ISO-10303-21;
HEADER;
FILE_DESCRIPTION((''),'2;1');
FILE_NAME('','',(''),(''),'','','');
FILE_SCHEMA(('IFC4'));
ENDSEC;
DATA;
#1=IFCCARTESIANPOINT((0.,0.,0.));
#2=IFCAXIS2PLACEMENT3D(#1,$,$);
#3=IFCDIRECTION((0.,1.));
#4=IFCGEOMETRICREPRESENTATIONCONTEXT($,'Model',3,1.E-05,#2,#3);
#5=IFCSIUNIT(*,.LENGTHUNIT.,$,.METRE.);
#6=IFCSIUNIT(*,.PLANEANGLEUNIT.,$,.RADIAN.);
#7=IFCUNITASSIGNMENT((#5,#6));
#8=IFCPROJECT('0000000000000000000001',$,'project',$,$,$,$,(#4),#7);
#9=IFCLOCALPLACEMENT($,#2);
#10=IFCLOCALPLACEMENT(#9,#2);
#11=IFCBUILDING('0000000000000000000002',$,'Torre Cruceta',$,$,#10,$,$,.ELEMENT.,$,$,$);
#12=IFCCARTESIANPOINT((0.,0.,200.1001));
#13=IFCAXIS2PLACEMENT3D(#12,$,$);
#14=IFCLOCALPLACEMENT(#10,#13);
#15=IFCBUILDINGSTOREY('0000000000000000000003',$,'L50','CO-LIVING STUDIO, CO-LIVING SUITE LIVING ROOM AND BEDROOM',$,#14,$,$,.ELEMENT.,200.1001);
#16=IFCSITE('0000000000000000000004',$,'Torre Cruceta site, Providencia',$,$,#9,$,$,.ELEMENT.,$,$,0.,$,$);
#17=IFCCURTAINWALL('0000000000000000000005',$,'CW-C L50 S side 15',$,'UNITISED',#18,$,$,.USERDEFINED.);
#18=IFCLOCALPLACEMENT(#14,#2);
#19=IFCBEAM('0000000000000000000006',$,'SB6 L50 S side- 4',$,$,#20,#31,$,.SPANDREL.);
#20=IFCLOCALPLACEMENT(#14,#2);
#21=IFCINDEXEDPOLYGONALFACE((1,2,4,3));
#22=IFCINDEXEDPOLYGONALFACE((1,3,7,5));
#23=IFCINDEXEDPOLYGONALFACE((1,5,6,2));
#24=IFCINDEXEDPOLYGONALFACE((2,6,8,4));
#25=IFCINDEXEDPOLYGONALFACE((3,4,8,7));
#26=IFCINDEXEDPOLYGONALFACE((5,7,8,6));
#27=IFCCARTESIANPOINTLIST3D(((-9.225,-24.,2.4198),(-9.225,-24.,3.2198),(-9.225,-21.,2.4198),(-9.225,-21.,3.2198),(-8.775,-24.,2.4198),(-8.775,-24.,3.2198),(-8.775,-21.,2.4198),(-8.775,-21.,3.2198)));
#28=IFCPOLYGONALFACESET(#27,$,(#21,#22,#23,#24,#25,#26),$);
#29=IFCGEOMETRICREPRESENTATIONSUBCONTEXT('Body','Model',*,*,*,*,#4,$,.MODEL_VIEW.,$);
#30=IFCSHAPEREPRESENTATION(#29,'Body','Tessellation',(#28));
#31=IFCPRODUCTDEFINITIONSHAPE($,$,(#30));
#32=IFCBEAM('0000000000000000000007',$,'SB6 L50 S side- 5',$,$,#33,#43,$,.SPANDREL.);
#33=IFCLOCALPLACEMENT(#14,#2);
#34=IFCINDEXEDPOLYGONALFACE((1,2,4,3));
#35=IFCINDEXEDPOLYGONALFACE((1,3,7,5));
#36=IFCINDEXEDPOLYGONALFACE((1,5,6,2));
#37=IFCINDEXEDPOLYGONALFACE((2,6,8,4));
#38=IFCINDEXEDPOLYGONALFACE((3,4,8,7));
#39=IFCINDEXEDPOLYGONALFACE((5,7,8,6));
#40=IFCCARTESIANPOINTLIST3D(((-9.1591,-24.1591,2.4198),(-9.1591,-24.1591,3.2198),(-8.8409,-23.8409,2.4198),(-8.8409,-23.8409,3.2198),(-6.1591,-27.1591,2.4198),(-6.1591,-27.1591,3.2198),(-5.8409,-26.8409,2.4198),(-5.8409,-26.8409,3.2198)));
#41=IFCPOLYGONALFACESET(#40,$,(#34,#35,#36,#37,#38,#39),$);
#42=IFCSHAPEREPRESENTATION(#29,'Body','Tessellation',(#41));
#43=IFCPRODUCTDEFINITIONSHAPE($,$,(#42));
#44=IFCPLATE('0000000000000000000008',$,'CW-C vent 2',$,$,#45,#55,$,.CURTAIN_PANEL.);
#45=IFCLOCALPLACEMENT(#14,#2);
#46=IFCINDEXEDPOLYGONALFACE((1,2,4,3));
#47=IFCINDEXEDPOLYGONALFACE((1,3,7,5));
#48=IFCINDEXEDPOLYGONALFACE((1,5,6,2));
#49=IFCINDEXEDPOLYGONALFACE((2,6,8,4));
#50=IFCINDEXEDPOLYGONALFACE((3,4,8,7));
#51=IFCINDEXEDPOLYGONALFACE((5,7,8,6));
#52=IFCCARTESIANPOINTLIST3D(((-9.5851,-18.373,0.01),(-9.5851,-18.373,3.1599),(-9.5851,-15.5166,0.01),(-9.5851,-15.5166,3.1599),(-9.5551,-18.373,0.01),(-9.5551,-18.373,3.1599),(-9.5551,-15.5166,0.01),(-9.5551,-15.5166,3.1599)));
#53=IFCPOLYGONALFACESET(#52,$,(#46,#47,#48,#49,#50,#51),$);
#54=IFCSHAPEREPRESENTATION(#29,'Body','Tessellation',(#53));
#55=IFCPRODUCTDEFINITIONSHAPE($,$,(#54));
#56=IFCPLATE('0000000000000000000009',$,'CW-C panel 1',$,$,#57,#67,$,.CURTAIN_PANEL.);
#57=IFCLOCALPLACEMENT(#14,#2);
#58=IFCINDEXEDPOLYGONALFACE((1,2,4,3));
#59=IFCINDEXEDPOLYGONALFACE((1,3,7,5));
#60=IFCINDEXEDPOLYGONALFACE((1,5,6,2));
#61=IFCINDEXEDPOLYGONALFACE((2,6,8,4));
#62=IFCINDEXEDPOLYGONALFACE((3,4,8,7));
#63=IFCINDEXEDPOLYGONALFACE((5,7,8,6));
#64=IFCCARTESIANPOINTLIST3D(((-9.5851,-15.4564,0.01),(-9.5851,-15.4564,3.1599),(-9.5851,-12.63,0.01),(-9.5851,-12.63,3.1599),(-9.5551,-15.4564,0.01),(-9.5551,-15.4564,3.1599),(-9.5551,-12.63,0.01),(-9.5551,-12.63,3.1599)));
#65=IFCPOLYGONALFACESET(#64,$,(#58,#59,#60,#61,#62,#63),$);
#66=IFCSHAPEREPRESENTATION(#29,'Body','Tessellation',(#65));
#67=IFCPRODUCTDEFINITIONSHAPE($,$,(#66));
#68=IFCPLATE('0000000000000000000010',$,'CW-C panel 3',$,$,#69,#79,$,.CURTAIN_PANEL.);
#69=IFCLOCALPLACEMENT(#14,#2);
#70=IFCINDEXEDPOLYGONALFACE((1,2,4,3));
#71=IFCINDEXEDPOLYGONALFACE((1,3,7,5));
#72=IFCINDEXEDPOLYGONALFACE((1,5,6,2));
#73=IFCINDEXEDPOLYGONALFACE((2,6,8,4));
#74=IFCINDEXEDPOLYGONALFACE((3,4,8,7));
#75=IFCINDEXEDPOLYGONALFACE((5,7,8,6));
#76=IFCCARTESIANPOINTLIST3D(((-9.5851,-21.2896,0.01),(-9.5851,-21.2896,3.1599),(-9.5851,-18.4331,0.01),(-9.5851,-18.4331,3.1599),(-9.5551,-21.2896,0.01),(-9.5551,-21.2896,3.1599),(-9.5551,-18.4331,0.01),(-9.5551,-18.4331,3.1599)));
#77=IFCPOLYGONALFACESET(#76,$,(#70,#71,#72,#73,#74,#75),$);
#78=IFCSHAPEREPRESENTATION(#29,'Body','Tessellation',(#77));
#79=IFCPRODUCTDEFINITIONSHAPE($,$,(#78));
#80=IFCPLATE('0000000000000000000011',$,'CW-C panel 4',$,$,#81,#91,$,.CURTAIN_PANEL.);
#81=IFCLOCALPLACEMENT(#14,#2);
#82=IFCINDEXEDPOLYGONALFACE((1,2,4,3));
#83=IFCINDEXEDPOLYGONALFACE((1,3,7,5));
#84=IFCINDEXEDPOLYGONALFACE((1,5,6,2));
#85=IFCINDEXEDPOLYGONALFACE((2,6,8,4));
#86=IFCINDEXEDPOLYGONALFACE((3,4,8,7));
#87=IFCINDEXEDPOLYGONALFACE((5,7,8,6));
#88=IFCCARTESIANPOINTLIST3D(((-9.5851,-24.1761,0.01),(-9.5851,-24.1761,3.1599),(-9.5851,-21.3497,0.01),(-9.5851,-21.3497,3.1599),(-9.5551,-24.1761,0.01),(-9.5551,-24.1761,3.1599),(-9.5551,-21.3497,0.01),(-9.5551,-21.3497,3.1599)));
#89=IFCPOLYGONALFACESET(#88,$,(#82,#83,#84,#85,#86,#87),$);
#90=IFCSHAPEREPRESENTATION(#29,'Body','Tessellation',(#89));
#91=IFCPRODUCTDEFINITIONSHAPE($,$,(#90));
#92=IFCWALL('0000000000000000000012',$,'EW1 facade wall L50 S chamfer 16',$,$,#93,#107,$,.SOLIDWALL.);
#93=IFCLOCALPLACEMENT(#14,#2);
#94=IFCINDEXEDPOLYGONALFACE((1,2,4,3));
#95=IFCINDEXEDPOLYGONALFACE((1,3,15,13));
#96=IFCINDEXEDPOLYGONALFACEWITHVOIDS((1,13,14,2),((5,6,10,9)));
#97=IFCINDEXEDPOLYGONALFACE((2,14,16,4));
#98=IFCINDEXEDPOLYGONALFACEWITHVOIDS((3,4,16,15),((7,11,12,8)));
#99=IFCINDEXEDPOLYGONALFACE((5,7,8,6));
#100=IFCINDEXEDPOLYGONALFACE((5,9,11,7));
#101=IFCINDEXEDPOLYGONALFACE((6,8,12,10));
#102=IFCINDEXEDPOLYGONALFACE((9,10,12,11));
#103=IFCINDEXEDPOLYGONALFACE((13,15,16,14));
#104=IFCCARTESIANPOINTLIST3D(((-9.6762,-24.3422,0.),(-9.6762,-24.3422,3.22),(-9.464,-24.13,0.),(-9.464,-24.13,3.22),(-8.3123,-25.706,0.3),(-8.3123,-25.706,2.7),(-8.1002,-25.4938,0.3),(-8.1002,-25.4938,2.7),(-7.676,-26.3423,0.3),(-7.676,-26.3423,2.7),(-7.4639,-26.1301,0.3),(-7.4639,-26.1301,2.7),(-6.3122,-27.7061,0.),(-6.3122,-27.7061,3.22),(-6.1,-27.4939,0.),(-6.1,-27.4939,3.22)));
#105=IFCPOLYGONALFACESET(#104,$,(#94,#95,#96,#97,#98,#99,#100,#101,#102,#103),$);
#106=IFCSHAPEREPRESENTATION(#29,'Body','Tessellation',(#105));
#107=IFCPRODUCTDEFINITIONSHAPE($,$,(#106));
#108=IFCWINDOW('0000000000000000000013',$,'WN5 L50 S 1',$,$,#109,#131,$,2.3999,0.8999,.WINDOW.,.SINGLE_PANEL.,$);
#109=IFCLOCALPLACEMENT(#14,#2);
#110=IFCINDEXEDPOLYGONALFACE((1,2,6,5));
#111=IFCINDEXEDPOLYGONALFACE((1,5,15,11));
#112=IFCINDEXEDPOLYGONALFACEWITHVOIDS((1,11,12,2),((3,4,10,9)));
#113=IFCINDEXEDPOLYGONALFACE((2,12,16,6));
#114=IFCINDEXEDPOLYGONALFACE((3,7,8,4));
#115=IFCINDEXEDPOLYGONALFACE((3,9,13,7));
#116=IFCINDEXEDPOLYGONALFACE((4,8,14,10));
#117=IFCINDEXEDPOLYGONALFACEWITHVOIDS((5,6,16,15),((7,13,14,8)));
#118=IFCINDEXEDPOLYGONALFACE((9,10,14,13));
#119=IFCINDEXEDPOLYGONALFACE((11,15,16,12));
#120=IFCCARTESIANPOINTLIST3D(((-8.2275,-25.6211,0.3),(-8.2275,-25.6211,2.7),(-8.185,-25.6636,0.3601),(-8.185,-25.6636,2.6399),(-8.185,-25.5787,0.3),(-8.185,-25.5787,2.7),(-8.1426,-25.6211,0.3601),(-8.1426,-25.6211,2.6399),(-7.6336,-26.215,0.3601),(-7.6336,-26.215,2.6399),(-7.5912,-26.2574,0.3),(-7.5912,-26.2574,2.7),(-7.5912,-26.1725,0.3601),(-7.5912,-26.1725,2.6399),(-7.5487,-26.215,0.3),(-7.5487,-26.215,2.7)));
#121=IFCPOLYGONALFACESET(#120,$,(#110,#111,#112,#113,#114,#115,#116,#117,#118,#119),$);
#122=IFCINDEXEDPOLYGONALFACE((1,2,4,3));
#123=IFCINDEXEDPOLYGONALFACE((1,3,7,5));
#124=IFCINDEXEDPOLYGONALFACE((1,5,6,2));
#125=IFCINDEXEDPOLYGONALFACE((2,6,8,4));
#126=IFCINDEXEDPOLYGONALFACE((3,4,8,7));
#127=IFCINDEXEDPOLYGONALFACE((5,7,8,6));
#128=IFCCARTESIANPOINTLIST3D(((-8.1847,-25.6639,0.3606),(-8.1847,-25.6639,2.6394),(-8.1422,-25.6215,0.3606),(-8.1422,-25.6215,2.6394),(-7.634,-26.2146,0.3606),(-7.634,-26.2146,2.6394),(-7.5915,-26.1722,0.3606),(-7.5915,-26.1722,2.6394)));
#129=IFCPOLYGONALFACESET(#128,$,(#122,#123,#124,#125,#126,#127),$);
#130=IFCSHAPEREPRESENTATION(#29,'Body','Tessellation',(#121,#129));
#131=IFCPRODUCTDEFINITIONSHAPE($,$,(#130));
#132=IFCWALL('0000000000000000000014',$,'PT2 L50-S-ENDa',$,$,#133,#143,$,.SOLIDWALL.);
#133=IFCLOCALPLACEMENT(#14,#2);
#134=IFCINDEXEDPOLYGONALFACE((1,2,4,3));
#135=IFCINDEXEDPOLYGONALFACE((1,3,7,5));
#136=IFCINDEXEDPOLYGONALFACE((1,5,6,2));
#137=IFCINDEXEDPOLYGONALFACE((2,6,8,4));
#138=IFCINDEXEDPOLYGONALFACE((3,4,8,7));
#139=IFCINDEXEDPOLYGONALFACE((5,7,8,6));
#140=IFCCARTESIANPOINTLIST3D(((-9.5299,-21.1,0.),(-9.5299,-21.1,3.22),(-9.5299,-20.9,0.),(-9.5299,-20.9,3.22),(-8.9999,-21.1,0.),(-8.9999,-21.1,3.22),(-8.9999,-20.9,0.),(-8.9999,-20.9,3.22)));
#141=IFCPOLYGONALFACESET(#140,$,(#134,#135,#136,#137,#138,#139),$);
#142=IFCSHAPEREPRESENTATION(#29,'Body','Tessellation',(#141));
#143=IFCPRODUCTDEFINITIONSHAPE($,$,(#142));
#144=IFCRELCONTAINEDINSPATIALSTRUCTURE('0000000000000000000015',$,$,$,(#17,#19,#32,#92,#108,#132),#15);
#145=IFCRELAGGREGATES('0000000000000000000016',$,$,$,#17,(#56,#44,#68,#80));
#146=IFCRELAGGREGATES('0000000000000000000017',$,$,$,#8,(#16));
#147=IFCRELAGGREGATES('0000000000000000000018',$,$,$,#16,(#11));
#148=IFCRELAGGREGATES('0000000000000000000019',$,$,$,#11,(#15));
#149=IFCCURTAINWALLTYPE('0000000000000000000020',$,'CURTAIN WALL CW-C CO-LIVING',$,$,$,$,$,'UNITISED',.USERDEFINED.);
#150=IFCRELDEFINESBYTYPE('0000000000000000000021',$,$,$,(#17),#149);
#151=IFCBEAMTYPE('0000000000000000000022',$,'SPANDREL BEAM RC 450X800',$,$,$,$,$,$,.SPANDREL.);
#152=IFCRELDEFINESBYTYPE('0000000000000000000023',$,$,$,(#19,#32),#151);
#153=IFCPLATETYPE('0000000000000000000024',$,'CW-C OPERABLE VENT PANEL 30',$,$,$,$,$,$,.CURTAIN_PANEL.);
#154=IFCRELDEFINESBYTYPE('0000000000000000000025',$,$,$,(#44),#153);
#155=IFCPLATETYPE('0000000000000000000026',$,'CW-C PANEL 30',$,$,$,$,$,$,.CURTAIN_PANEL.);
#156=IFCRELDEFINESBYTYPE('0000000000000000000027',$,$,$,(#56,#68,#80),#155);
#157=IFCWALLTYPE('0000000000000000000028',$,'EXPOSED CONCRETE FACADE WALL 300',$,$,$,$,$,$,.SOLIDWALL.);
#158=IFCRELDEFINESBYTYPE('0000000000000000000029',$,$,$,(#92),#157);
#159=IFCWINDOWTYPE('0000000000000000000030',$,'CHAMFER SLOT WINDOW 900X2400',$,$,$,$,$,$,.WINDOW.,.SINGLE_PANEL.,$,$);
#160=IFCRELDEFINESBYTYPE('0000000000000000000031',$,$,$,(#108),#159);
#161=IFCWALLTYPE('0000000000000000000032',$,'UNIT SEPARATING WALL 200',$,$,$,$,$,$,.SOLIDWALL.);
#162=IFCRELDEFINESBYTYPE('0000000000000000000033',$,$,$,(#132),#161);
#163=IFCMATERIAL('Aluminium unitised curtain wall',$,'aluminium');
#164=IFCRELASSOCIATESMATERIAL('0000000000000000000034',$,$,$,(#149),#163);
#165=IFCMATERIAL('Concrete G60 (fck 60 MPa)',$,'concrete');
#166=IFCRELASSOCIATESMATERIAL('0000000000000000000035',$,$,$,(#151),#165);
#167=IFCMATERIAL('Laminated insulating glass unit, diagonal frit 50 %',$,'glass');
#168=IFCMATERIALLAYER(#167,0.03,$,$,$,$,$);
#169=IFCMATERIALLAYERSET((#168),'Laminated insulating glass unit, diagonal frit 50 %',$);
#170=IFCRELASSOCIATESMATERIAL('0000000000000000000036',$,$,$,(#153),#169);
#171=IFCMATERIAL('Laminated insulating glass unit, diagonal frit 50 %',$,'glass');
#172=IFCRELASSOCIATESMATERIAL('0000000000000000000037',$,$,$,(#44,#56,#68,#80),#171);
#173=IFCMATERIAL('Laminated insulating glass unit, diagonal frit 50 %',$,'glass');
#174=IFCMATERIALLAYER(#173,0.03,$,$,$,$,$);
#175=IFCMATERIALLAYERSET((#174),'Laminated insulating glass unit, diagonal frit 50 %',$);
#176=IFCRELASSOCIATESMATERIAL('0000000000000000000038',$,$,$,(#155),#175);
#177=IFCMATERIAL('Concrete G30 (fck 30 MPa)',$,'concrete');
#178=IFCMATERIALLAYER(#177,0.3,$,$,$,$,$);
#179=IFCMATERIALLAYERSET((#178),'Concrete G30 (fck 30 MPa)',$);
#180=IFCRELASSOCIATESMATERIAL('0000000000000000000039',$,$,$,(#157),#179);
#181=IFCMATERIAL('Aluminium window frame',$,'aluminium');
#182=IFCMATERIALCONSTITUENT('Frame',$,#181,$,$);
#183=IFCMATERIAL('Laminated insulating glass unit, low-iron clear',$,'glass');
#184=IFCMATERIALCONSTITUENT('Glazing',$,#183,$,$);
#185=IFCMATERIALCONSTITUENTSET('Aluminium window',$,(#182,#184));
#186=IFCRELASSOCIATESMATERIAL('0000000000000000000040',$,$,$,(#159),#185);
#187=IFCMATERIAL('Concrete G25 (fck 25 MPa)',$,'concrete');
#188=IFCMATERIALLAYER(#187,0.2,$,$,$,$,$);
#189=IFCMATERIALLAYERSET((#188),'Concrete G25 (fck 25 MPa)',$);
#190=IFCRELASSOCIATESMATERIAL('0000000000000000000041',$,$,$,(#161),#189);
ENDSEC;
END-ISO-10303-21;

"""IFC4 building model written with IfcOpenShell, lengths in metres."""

from ifc_helpers import new_model, si_unit, direction, frame, frame_2d, origin, origin_2d, place, context, subcontext, project, spatial, rectangle, hollow_rectangle, extrude, material, layer, layer_set, constituent, constituent_set, material_profile, profile_set, type_object, element, fill, aggregate, save


model = new_model("IFC4")

# Units and contexts
model_context = context("Model", 3, precision=1e-05, world=origin(), true_north=direction((0.0, 1.0)))
body_context = subcontext(model_context, "Body", "Model", "MODEL_VIEW")
ifc_project = project(units=[si_unit("LENGTHUNIT", "METRE"), si_unit("PLANEANGLEUNIT", "RADIAN")], contexts=[model_context])

# Site, building, storey
site_placement = place(None, origin())
site = spatial("IfcSite", under=ifc_project, at=site_placement, Name="Torre Cruceta site, Providencia", CompositionType="ELEMENT", RefElevation=0.0)
building_placement = place(site_placement, origin())
building = spatial("IfcBuilding", under=site, at=building_placement, Name="Torre Cruceta", CompositionType="ELEMENT")
storey_placement = place(building_placement, frame((0.0, 0.0, 200.1001)))
storey = spatial("IfcBuildingStorey", under=building, at=storey_placement, Name="L50", Description="CO-LIVING STUDIO, CO-LIVING SUITE LIVING ROOM AND BEDROOM", CompositionType="ELEMENT", Elevation=200.1001)

# Shared definitions
ifc_material_1 = material(Name="Aluminium unitised curtain wall", Category="aluminium")
curtain_wall_type = type_object("IfcCurtainWallType", Name="CURTAIN WALL CW-C CO-LIVING", ElementType="UNITISED", PredefinedType="USERDEFINED", material=ifc_material_1)

# Curtain wall
curtain_wall_1_placement = place(storey_placement, origin())
curtain_wall_1 = element("IfcCurtainWall", 1, at=curtain_wall_1_placement, inside=storey, type_object=curtain_wall_type, Name="CW-C L50 S side 15", ObjectType="UNITISED", PredefinedType="USERDEFINED")

# Beams
ifc_material_2 = material(Name="Concrete G60 (fck 60 MPa)", Category="concrete")
ifc_material_profile_1 = material_profile(ifc_material_2, rectangle(XDim=0.45, YDim=0.8, at=origin_2d()), Name="RC 450X800")
ifc_profile_set_1 = profile_set([ifc_material_profile_1], Name="Concrete G60 (fck 60 MPa)")
beam_type_1 = type_object("IfcBeamType", Name="SPANDREL BEAM RC 450X800", PredefinedType="SPANDREL", material=ifc_profile_set_1)
beam_1_placement = place(storey_placement, frame((-9.0, -21.0, 2.8198), z_axis=(0.0, -1.0, 0.0), x_axis=(1.0, 0.0, 0.0)))
element("IfcBeam", 2, at=beam_1_placement, inside=storey, type_object=beam_type_1, Name="SB6 L50 S side- 4", PredefinedType="SPANDREL", context=body_context, shape_type="SweptSolid", body=[
    extrude(rectangle(XDim=0.45, YDim=0.8, at=origin_2d()), origin(), (0.0, 0.0, 1.0), 3.0),
])
beam_2_placement = place(storey_placement, frame((-9.0, -24.0, 2.8198), z_axis=(0.707107, -0.707107, 0.0), x_axis=(0.707107, 0.707107, 0.0)))
element("IfcBeam", 3, at=beam_2_placement, inside=storey, type_object=beam_type_1, Name="SB6 L50 S side- 5", PredefinedType="SPANDREL", context=body_context, shape_type="SweptSolid", body=[
    extrude(rectangle(XDim=0.45, YDim=0.8, at=origin_2d()), origin(), (0.0, 0.0, 1.0), 4.2427),
])

# Plates
ifc_material_3 = material(Name="Laminated insulating glass unit, diagonal frit 50 %", Category="glass")
ifc_material_4 = material(Name="Laminated insulating glass unit, diagonal frit 50 %", Category="glass")
ifc_layer_1 = layer(ifc_material_4, 0.03)
ifc_layer_set_1 = layer_set([ifc_layer_1], Name="Laminated insulating glass unit, diagonal frit 50 %")
plate_type_1 = type_object("IfcPlateType", Name="CW-C OPERABLE VENT PANEL 30", PredefinedType="CURTAIN_PANEL", material=ifc_layer_set_1)
plate_1_placement = place(storey_placement, frame((-9.5701, -16.9448, 0.01), z_axis=(0.0, 0.0, 1.0), x_axis=(0.0, -1.0, 0.0)))
plate_1 = element("IfcPlate", 4, at=plate_1_placement, type_object=plate_type_1, material=ifc_material_3, Name="CW-C vent 2", PredefinedType="CURTAIN_PANEL", context=body_context, shape_type="SweptSolid", body=[
    extrude(rectangle(XDim=2.8564, YDim=0.03, at=origin_2d()), origin(), (0.0, 0.0, 1.0), 3.1499),
])
ifc_material_5 = material(Name="Laminated insulating glass unit, diagonal frit 50 %", Category="glass")
ifc_layer_2 = layer(ifc_material_5, 0.03)
ifc_layer_set_2 = layer_set([ifc_layer_2], Name="Laminated insulating glass unit, diagonal frit 50 %")
plate_type_2 = type_object("IfcPlateType", Name="CW-C PANEL 30", PredefinedType="CURTAIN_PANEL", material=ifc_layer_set_2)
plate_2_placement = place(storey_placement, frame((-9.5701, -14.0432, 0.01), z_axis=(0.0, 0.0, 1.0), x_axis=(0.0, -1.0, 0.0)))
plate_2 = element("IfcPlate", 5, at=plate_2_placement, type_object=plate_type_2, material=ifc_material_3, Name="CW-C panel 1", PredefinedType="CURTAIN_PANEL", context=body_context, shape_type="SweptSolid", body=[
    extrude(rectangle(XDim=2.8264, YDim=0.03, at=origin_2d()), origin(), (0.0, 0.0, 1.0), 3.1499),
])
plate_3_placement = place(storey_placement, frame((-9.5701, -19.8613, 0.01), z_axis=(0.0, 0.0, 1.0), x_axis=(0.0, -1.0, 0.0)))
plate_3 = element("IfcPlate", 6, at=plate_3_placement, type_object=plate_type_2, material=ifc_material_3, Name="CW-C panel 3", PredefinedType="CURTAIN_PANEL", context=body_context, shape_type="SweptSolid", body=[
    extrude(rectangle(XDim=2.8564, YDim=0.03, at=origin_2d()), origin(), (0.0, 0.0, 1.0), 3.1499),
])
plate_4_placement = place(storey_placement, frame((-9.5701, -22.7629, 0.01), z_axis=(0.0, 0.0, 1.0), x_axis=(0.0, -1.0, 0.0)))
plate_4 = element("IfcPlate", 7, at=plate_4_placement, type_object=plate_type_2, material=ifc_material_3, Name="CW-C panel 4", PredefinedType="CURTAIN_PANEL", context=body_context, shape_type="SweptSolid", body=[
    extrude(rectangle(XDim=2.8264, YDim=0.03, at=origin_2d()), origin(), (0.0, 0.0, 1.0), 3.1499),
])
aggregate(curtain_wall_1, [plate_2, plate_1, plate_3, plate_4])

# Wall, opening, window
ifc_material_6 = material(Name="Concrete G30 (fck 30 MPa)", Category="concrete")
ifc_layer_3 = layer(ifc_material_6, 0.3)
ifc_layer_set_3 = layer_set([ifc_layer_3], Name="Concrete G30 (fck 30 MPa)")
wall_type_1 = type_object("IfcWallType", Name="EXPOSED CONCRETE FACADE WALL 300", PredefinedType="SOLIDWALL", material=ifc_layer_set_3)
wall_1_placement = place(storey_placement, frame((-9.5701, -24.2361, 0.0), z_axis=(0.0, 0.0, 1.0), x_axis=(0.707107, -0.707107, 0.0)))
wall_1 = element("IfcWall", 8, at=wall_1_placement, inside=storey, type_object=wall_type_1, Name="EW1 facade wall L50 S chamfer 16", PredefinedType="SOLIDWALL", context=body_context, shape_type="SweptSolid", body=[
    extrude(rectangle(XDim=4.7573, YDim=0.3, at=frame_2d((2.3787, 0.0))), origin(), (0.0, 0.0, 1.0), 3.22),
])
opening_placement = place(wall_1_placement, frame((1.9287, 0.0, 0.3)))
opening = element("IfcOpeningElement", 9, at=opening_placement, cuts=wall_1, PredefinedType="OPENING", context=body_context, shape_type="SweptSolid", body=[
    extrude(rectangle(XDim=0.8999, YDim=2.3999, at=frame_2d((0.45, 1.2))), frame((0.0, 0.1599, 0.0), z_axis=(0.0, -1.0, 0.0), x_axis=(1.0, 0.0, 0.0)), (0.0, 0.0, 1.0), 0.3201),
])
ifc_material_7 = material(Name="Aluminium window frame", Category="aluminium")
ifc_constituent_1 = constituent(ifc_material_7, Name="Frame")
ifc_material_8 = material(Name="Laminated insulating glass unit, low-iron clear", Category="glass")
ifc_constituent_2 = constituent(ifc_material_8, Name="Glazing")
ifc_constituent_set_1 = constituent_set(constituents=[ifc_constituent_1, ifc_constituent_2], Name="Aluminium window")
window_type = type_object("IfcWindowType", Name="CHAMFER SLOT WINDOW 900X2400", PartitioningType="SINGLE_PANEL", PredefinedType="WINDOW", material=ifc_constituent_set_1)
window_placement = place(opening_placement, origin())
window = element("IfcWindow", 10, at=window_placement, inside=storey, type_object=window_type, Name="WN5 L50 S 1", OverallHeight=2.3999, OverallWidth=0.8999, PartitioningType="SINGLE_PANEL", PredefinedType="WINDOW", context=body_context, shape_type="SweptSolid", body=[
    extrude(hollow_rectangle(XDim=0.8999, YDim=2.3999, WallThickness=0.0601, at=frame_2d((0.45, 1.2))), frame((0.0, 0.03, 0.0), z_axis=(0.0, -1.0, 0.0), x_axis=(1.0, 0.0, 0.0)), (0.0, 0.0, 1.0), 0.0601),
    extrude(rectangle(XDim=0.7788, YDim=2.2788, at=frame_2d((0.45, 1.2))), frame((0.0, 0.03, 0.0), z_axis=(0.0, -1.0, 0.0), x_axis=(1.0, 0.0, 0.0)), (0.0, 0.0, 1.0), 0.0601),
])
fill(opening, window)

# Wall
ifc_material_9 = material(Name="Concrete G25 (fck 25 MPa)", Category="concrete")
ifc_layer_4 = layer(ifc_material_9, 0.2)
ifc_layer_set_4 = layer_set([ifc_layer_4], Name="Concrete G25 (fck 25 MPa)")
wall_type_2 = type_object("IfcWallType", Name="UNIT SEPARATING WALL 200", PredefinedType="SOLIDWALL", material=ifc_layer_set_4)
wall_2_placement = place(storey_placement, frame((-9.53, -21.0, 0.0), z_axis=(0.0, 0.0, 1.0), x_axis=(1.0, 0.0, 0.0)))
element("IfcWall", 11, at=wall_2_placement, inside=storey, type_object=wall_type_2, Name="PT2 L50-S-ENDa", PredefinedType="SOLIDWALL", context=body_context, shape_type="SweptSolid", body=[
    extrude(rectangle(XDim=0.53, YDim=0.2, at=frame_2d((0.2651, 0.0))), origin(), (0.0, 0.0, 1.0), 3.22),
])

save(model, "model.ifc")
